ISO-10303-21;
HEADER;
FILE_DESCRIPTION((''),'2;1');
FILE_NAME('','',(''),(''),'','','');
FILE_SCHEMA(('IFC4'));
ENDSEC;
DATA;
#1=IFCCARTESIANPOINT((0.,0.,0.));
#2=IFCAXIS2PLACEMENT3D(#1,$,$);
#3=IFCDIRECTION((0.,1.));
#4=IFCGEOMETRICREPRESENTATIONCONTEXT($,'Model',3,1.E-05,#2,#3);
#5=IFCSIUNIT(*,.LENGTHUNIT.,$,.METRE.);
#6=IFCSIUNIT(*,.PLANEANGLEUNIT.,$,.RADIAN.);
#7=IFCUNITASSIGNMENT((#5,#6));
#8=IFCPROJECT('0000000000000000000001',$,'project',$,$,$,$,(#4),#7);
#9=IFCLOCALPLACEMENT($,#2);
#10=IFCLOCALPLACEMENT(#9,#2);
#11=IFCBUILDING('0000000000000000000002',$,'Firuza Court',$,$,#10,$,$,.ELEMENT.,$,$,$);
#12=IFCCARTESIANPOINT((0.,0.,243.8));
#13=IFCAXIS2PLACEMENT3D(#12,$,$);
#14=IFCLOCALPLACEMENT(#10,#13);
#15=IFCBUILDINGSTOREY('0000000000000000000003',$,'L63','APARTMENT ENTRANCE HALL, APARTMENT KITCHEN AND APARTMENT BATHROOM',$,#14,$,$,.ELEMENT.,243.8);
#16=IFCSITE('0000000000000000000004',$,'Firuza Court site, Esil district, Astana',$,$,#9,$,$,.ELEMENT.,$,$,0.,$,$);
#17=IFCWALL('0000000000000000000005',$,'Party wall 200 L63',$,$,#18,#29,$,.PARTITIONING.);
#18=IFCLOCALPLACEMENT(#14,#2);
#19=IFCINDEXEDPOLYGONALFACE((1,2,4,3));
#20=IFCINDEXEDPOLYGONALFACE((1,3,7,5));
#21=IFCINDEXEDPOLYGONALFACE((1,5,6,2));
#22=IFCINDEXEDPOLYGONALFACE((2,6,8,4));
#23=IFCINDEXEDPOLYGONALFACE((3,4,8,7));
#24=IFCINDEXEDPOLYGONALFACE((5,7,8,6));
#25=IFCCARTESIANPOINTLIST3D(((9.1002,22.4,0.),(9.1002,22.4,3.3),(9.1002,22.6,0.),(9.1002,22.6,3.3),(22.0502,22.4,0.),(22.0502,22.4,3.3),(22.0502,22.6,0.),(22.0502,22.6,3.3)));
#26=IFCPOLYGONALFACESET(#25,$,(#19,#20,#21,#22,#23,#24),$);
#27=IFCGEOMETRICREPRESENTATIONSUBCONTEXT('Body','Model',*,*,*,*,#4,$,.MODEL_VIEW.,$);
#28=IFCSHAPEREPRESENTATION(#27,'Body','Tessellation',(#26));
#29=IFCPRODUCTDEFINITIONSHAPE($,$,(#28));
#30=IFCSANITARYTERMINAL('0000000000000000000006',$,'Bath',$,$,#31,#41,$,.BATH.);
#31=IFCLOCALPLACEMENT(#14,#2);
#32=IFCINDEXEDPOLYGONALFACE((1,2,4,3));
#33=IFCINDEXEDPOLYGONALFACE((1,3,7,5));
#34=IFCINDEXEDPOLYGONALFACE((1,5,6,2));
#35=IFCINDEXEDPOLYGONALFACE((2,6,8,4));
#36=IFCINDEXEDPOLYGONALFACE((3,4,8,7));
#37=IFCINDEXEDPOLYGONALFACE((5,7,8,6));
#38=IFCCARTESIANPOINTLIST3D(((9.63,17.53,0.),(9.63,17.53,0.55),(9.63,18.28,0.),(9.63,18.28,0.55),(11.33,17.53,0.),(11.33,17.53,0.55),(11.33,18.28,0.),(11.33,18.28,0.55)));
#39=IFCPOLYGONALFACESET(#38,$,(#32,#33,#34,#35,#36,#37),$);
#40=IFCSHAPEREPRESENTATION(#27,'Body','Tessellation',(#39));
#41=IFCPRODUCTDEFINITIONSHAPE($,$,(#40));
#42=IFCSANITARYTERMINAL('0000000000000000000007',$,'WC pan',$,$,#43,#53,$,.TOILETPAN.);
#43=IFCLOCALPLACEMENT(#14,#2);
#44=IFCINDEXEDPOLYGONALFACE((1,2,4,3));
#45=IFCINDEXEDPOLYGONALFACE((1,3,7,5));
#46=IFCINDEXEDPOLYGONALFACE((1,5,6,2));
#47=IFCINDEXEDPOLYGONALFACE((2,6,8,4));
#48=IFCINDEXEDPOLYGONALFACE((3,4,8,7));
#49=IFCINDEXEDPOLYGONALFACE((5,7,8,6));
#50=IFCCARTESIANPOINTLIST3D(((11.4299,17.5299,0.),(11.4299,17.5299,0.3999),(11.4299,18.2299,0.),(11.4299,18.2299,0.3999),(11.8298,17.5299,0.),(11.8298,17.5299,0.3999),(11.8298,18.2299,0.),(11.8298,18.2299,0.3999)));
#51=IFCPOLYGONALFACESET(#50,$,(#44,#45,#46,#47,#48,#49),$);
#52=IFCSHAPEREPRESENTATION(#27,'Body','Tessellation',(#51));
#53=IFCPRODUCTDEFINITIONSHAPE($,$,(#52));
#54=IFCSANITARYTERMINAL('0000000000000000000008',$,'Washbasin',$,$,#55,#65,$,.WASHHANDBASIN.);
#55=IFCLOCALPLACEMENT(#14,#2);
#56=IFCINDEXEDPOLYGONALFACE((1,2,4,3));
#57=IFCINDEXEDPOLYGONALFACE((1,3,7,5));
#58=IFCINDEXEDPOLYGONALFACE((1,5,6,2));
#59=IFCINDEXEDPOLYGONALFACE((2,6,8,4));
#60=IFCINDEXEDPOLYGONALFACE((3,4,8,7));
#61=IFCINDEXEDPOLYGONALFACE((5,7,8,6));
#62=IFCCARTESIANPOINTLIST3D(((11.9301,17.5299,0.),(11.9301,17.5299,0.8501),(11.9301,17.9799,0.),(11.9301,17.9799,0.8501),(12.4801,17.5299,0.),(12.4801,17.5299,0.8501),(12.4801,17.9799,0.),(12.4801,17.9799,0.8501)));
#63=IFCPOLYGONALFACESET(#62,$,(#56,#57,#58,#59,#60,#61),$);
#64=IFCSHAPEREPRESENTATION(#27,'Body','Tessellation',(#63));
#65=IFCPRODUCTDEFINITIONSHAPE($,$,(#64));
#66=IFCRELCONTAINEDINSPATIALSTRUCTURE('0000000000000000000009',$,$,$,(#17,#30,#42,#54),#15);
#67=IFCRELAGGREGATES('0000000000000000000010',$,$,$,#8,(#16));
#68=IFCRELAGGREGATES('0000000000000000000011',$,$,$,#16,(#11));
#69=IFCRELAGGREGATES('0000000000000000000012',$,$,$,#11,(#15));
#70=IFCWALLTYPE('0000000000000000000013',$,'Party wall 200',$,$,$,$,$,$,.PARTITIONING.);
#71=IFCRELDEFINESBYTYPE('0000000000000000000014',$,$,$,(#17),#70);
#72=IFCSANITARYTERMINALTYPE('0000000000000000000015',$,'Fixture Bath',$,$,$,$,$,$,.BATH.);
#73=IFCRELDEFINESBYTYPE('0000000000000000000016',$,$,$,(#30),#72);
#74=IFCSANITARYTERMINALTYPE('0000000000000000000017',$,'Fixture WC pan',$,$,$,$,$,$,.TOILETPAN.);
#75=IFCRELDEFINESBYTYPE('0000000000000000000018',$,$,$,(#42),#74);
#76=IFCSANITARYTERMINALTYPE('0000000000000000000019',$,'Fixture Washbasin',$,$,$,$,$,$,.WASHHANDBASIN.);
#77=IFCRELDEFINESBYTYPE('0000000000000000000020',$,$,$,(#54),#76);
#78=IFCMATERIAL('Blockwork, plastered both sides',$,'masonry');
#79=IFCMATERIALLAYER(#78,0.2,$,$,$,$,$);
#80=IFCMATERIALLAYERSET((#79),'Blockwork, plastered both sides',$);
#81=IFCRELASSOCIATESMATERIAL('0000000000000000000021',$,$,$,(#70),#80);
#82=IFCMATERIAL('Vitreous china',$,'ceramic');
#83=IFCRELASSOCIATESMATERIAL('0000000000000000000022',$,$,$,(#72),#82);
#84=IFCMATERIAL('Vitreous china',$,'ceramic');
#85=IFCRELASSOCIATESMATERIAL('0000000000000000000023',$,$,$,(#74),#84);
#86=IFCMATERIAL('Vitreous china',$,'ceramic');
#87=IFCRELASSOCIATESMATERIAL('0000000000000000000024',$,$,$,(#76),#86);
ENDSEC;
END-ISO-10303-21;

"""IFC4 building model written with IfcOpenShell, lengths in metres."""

from ifc_helpers import new_model, si_unit, direction, frame, frame_2d, origin, origin_2d, place, context, subcontext, project, spatial, rectangle, extrude, material, layer, layer_set, type_object, element, save


model = new_model("IFC4")

# Units and contexts
model_context = context("Model", 3, precision=1e-05, world=origin(), true_north=direction((0.0, 1.0)))
body_context = subcontext(model_context, "Body", "Model", "MODEL_VIEW")
ifc_project = project(units=[si_unit("LENGTHUNIT", "METRE"), si_unit("PLANEANGLEUNIT", "RADIAN")], contexts=[model_context])

# Site, building, storey
site_placement = place(None, origin())
site = spatial("IfcSite", under=ifc_project, at=site_placement, Name="Firuza Court site, Esil district, Astana", CompositionType="ELEMENT", RefElevation=0.0)
building_placement = place(site_placement, origin())
building = spatial("IfcBuilding", under=site, at=building_placement, Name="Firuza Court", CompositionType="ELEMENT")
storey_placement = place(building_placement, frame((0.0, 0.0, 243.8)))
storey = spatial("IfcBuildingStorey", under=building, at=storey_placement, Name="L63", Description="APARTMENT ENTRANCE HALL, APARTMENT KITCHEN AND APARTMENT BATHROOM", CompositionType="ELEMENT", Elevation=243.8)

# Wall
ifc_material_1 = material(Name="Blockwork, plastered both sides", Category="masonry")
ifc_layer_1 = layer(ifc_material_1, 0.2)
ifc_layer_set_1 = layer_set([ifc_layer_1], Name="Blockwork, plastered both sides")
wall_type_1 = type_object("IfcWallType", Name="Party wall 200", PredefinedType="PARTITIONING", material=ifc_layer_set_1)
wall_1_placement = place(storey_placement, frame((9.1001, 22.5, 0.0), z_axis=(0.0, 0.0, 1.0), x_axis=(1.0, 0.0, 0.0)))
element("IfcWall", 1, at=wall_1_placement, inside=storey, type_object=wall_type_1, Name="Party wall 200 L63", PredefinedType="PARTITIONING", context=body_context, shape_type="SweptSolid", body=[
    extrude(rectangle(XDim=12.95, YDim=0.2, at=frame_2d((6.4751, 0.0))), origin(), (0.0, 0.0, 1.0), 3.3),
])

# Sanitary terminals
ifc_material_2 = material(Name="Vitreous china", Category="ceramic")
sanitary_terminal_type_1 = type_object("IfcSanitaryTerminalType", Name="Fixture Bath", PredefinedType="BATH", material=ifc_material_2)
sanitary_terminal_1_placement = place(storey_placement, frame((10.48, 17.905, 0.0), z_axis=(0.0, 0.0, 1.0), x_axis=(1.0, 0.0, 0.0)))
element("IfcSanitaryTerminal", 2, at=sanitary_terminal_1_placement, inside=storey, type_object=sanitary_terminal_type_1, Name="Bath", PredefinedType="BATH", context=body_context, shape_type="SweptSolid", body=[
    extrude(rectangle(XDim=1.7, YDim=0.75, at=origin_2d()), origin(), (0.0, 0.0, 1.0), 0.55),
])
ifc_material_3 = material(Name="Vitreous china", Category="ceramic")
sanitary_terminal_type_2 = type_object("IfcSanitaryTerminalType", Name="Fixture WC pan", PredefinedType="TOILETPAN", material=ifc_material_3)
sanitary_terminal_2_placement = place(storey_placement, frame((11.6299, 17.8799, 0.0), z_axis=(0.0, 0.0, 1.0), x_axis=(1.0, 0.0, 0.0)))
element("IfcSanitaryTerminal", 3, at=sanitary_terminal_2_placement, inside=storey, type_object=sanitary_terminal_type_2, Name="WC pan", PredefinedType="TOILETPAN", context=body_context, shape_type="SweptSolid", body=[
    extrude(rectangle(XDim=0.3999, YDim=0.7, at=origin_2d()), origin(), (0.0, 0.0, 1.0), 0.3999),
])
ifc_material_4 = material(Name="Vitreous china", Category="ceramic")
sanitary_terminal_type_3 = type_object("IfcSanitaryTerminalType", Name="Fixture Washbasin", PredefinedType="WASHHANDBASIN", material=ifc_material_4)
sanitary_terminal_3_placement = place(storey_placement, frame((12.2051, 17.7549, 0.0), z_axis=(0.0, 0.0, 1.0), x_axis=(1.0, 0.0, 0.0)))
element("IfcSanitaryTerminal", 4, at=sanitary_terminal_3_placement, inside=storey, type_object=sanitary_terminal_type_3, Name="Washbasin", PredefinedType="WASHHANDBASIN", context=body_context, shape_type="SweptSolid", body=[
    extrude(rectangle(XDim=0.55, YDim=0.45, at=origin_2d()), origin(), (0.0, 0.0, 1.0), 0.8501),
])

save(model, "model.ifc")
